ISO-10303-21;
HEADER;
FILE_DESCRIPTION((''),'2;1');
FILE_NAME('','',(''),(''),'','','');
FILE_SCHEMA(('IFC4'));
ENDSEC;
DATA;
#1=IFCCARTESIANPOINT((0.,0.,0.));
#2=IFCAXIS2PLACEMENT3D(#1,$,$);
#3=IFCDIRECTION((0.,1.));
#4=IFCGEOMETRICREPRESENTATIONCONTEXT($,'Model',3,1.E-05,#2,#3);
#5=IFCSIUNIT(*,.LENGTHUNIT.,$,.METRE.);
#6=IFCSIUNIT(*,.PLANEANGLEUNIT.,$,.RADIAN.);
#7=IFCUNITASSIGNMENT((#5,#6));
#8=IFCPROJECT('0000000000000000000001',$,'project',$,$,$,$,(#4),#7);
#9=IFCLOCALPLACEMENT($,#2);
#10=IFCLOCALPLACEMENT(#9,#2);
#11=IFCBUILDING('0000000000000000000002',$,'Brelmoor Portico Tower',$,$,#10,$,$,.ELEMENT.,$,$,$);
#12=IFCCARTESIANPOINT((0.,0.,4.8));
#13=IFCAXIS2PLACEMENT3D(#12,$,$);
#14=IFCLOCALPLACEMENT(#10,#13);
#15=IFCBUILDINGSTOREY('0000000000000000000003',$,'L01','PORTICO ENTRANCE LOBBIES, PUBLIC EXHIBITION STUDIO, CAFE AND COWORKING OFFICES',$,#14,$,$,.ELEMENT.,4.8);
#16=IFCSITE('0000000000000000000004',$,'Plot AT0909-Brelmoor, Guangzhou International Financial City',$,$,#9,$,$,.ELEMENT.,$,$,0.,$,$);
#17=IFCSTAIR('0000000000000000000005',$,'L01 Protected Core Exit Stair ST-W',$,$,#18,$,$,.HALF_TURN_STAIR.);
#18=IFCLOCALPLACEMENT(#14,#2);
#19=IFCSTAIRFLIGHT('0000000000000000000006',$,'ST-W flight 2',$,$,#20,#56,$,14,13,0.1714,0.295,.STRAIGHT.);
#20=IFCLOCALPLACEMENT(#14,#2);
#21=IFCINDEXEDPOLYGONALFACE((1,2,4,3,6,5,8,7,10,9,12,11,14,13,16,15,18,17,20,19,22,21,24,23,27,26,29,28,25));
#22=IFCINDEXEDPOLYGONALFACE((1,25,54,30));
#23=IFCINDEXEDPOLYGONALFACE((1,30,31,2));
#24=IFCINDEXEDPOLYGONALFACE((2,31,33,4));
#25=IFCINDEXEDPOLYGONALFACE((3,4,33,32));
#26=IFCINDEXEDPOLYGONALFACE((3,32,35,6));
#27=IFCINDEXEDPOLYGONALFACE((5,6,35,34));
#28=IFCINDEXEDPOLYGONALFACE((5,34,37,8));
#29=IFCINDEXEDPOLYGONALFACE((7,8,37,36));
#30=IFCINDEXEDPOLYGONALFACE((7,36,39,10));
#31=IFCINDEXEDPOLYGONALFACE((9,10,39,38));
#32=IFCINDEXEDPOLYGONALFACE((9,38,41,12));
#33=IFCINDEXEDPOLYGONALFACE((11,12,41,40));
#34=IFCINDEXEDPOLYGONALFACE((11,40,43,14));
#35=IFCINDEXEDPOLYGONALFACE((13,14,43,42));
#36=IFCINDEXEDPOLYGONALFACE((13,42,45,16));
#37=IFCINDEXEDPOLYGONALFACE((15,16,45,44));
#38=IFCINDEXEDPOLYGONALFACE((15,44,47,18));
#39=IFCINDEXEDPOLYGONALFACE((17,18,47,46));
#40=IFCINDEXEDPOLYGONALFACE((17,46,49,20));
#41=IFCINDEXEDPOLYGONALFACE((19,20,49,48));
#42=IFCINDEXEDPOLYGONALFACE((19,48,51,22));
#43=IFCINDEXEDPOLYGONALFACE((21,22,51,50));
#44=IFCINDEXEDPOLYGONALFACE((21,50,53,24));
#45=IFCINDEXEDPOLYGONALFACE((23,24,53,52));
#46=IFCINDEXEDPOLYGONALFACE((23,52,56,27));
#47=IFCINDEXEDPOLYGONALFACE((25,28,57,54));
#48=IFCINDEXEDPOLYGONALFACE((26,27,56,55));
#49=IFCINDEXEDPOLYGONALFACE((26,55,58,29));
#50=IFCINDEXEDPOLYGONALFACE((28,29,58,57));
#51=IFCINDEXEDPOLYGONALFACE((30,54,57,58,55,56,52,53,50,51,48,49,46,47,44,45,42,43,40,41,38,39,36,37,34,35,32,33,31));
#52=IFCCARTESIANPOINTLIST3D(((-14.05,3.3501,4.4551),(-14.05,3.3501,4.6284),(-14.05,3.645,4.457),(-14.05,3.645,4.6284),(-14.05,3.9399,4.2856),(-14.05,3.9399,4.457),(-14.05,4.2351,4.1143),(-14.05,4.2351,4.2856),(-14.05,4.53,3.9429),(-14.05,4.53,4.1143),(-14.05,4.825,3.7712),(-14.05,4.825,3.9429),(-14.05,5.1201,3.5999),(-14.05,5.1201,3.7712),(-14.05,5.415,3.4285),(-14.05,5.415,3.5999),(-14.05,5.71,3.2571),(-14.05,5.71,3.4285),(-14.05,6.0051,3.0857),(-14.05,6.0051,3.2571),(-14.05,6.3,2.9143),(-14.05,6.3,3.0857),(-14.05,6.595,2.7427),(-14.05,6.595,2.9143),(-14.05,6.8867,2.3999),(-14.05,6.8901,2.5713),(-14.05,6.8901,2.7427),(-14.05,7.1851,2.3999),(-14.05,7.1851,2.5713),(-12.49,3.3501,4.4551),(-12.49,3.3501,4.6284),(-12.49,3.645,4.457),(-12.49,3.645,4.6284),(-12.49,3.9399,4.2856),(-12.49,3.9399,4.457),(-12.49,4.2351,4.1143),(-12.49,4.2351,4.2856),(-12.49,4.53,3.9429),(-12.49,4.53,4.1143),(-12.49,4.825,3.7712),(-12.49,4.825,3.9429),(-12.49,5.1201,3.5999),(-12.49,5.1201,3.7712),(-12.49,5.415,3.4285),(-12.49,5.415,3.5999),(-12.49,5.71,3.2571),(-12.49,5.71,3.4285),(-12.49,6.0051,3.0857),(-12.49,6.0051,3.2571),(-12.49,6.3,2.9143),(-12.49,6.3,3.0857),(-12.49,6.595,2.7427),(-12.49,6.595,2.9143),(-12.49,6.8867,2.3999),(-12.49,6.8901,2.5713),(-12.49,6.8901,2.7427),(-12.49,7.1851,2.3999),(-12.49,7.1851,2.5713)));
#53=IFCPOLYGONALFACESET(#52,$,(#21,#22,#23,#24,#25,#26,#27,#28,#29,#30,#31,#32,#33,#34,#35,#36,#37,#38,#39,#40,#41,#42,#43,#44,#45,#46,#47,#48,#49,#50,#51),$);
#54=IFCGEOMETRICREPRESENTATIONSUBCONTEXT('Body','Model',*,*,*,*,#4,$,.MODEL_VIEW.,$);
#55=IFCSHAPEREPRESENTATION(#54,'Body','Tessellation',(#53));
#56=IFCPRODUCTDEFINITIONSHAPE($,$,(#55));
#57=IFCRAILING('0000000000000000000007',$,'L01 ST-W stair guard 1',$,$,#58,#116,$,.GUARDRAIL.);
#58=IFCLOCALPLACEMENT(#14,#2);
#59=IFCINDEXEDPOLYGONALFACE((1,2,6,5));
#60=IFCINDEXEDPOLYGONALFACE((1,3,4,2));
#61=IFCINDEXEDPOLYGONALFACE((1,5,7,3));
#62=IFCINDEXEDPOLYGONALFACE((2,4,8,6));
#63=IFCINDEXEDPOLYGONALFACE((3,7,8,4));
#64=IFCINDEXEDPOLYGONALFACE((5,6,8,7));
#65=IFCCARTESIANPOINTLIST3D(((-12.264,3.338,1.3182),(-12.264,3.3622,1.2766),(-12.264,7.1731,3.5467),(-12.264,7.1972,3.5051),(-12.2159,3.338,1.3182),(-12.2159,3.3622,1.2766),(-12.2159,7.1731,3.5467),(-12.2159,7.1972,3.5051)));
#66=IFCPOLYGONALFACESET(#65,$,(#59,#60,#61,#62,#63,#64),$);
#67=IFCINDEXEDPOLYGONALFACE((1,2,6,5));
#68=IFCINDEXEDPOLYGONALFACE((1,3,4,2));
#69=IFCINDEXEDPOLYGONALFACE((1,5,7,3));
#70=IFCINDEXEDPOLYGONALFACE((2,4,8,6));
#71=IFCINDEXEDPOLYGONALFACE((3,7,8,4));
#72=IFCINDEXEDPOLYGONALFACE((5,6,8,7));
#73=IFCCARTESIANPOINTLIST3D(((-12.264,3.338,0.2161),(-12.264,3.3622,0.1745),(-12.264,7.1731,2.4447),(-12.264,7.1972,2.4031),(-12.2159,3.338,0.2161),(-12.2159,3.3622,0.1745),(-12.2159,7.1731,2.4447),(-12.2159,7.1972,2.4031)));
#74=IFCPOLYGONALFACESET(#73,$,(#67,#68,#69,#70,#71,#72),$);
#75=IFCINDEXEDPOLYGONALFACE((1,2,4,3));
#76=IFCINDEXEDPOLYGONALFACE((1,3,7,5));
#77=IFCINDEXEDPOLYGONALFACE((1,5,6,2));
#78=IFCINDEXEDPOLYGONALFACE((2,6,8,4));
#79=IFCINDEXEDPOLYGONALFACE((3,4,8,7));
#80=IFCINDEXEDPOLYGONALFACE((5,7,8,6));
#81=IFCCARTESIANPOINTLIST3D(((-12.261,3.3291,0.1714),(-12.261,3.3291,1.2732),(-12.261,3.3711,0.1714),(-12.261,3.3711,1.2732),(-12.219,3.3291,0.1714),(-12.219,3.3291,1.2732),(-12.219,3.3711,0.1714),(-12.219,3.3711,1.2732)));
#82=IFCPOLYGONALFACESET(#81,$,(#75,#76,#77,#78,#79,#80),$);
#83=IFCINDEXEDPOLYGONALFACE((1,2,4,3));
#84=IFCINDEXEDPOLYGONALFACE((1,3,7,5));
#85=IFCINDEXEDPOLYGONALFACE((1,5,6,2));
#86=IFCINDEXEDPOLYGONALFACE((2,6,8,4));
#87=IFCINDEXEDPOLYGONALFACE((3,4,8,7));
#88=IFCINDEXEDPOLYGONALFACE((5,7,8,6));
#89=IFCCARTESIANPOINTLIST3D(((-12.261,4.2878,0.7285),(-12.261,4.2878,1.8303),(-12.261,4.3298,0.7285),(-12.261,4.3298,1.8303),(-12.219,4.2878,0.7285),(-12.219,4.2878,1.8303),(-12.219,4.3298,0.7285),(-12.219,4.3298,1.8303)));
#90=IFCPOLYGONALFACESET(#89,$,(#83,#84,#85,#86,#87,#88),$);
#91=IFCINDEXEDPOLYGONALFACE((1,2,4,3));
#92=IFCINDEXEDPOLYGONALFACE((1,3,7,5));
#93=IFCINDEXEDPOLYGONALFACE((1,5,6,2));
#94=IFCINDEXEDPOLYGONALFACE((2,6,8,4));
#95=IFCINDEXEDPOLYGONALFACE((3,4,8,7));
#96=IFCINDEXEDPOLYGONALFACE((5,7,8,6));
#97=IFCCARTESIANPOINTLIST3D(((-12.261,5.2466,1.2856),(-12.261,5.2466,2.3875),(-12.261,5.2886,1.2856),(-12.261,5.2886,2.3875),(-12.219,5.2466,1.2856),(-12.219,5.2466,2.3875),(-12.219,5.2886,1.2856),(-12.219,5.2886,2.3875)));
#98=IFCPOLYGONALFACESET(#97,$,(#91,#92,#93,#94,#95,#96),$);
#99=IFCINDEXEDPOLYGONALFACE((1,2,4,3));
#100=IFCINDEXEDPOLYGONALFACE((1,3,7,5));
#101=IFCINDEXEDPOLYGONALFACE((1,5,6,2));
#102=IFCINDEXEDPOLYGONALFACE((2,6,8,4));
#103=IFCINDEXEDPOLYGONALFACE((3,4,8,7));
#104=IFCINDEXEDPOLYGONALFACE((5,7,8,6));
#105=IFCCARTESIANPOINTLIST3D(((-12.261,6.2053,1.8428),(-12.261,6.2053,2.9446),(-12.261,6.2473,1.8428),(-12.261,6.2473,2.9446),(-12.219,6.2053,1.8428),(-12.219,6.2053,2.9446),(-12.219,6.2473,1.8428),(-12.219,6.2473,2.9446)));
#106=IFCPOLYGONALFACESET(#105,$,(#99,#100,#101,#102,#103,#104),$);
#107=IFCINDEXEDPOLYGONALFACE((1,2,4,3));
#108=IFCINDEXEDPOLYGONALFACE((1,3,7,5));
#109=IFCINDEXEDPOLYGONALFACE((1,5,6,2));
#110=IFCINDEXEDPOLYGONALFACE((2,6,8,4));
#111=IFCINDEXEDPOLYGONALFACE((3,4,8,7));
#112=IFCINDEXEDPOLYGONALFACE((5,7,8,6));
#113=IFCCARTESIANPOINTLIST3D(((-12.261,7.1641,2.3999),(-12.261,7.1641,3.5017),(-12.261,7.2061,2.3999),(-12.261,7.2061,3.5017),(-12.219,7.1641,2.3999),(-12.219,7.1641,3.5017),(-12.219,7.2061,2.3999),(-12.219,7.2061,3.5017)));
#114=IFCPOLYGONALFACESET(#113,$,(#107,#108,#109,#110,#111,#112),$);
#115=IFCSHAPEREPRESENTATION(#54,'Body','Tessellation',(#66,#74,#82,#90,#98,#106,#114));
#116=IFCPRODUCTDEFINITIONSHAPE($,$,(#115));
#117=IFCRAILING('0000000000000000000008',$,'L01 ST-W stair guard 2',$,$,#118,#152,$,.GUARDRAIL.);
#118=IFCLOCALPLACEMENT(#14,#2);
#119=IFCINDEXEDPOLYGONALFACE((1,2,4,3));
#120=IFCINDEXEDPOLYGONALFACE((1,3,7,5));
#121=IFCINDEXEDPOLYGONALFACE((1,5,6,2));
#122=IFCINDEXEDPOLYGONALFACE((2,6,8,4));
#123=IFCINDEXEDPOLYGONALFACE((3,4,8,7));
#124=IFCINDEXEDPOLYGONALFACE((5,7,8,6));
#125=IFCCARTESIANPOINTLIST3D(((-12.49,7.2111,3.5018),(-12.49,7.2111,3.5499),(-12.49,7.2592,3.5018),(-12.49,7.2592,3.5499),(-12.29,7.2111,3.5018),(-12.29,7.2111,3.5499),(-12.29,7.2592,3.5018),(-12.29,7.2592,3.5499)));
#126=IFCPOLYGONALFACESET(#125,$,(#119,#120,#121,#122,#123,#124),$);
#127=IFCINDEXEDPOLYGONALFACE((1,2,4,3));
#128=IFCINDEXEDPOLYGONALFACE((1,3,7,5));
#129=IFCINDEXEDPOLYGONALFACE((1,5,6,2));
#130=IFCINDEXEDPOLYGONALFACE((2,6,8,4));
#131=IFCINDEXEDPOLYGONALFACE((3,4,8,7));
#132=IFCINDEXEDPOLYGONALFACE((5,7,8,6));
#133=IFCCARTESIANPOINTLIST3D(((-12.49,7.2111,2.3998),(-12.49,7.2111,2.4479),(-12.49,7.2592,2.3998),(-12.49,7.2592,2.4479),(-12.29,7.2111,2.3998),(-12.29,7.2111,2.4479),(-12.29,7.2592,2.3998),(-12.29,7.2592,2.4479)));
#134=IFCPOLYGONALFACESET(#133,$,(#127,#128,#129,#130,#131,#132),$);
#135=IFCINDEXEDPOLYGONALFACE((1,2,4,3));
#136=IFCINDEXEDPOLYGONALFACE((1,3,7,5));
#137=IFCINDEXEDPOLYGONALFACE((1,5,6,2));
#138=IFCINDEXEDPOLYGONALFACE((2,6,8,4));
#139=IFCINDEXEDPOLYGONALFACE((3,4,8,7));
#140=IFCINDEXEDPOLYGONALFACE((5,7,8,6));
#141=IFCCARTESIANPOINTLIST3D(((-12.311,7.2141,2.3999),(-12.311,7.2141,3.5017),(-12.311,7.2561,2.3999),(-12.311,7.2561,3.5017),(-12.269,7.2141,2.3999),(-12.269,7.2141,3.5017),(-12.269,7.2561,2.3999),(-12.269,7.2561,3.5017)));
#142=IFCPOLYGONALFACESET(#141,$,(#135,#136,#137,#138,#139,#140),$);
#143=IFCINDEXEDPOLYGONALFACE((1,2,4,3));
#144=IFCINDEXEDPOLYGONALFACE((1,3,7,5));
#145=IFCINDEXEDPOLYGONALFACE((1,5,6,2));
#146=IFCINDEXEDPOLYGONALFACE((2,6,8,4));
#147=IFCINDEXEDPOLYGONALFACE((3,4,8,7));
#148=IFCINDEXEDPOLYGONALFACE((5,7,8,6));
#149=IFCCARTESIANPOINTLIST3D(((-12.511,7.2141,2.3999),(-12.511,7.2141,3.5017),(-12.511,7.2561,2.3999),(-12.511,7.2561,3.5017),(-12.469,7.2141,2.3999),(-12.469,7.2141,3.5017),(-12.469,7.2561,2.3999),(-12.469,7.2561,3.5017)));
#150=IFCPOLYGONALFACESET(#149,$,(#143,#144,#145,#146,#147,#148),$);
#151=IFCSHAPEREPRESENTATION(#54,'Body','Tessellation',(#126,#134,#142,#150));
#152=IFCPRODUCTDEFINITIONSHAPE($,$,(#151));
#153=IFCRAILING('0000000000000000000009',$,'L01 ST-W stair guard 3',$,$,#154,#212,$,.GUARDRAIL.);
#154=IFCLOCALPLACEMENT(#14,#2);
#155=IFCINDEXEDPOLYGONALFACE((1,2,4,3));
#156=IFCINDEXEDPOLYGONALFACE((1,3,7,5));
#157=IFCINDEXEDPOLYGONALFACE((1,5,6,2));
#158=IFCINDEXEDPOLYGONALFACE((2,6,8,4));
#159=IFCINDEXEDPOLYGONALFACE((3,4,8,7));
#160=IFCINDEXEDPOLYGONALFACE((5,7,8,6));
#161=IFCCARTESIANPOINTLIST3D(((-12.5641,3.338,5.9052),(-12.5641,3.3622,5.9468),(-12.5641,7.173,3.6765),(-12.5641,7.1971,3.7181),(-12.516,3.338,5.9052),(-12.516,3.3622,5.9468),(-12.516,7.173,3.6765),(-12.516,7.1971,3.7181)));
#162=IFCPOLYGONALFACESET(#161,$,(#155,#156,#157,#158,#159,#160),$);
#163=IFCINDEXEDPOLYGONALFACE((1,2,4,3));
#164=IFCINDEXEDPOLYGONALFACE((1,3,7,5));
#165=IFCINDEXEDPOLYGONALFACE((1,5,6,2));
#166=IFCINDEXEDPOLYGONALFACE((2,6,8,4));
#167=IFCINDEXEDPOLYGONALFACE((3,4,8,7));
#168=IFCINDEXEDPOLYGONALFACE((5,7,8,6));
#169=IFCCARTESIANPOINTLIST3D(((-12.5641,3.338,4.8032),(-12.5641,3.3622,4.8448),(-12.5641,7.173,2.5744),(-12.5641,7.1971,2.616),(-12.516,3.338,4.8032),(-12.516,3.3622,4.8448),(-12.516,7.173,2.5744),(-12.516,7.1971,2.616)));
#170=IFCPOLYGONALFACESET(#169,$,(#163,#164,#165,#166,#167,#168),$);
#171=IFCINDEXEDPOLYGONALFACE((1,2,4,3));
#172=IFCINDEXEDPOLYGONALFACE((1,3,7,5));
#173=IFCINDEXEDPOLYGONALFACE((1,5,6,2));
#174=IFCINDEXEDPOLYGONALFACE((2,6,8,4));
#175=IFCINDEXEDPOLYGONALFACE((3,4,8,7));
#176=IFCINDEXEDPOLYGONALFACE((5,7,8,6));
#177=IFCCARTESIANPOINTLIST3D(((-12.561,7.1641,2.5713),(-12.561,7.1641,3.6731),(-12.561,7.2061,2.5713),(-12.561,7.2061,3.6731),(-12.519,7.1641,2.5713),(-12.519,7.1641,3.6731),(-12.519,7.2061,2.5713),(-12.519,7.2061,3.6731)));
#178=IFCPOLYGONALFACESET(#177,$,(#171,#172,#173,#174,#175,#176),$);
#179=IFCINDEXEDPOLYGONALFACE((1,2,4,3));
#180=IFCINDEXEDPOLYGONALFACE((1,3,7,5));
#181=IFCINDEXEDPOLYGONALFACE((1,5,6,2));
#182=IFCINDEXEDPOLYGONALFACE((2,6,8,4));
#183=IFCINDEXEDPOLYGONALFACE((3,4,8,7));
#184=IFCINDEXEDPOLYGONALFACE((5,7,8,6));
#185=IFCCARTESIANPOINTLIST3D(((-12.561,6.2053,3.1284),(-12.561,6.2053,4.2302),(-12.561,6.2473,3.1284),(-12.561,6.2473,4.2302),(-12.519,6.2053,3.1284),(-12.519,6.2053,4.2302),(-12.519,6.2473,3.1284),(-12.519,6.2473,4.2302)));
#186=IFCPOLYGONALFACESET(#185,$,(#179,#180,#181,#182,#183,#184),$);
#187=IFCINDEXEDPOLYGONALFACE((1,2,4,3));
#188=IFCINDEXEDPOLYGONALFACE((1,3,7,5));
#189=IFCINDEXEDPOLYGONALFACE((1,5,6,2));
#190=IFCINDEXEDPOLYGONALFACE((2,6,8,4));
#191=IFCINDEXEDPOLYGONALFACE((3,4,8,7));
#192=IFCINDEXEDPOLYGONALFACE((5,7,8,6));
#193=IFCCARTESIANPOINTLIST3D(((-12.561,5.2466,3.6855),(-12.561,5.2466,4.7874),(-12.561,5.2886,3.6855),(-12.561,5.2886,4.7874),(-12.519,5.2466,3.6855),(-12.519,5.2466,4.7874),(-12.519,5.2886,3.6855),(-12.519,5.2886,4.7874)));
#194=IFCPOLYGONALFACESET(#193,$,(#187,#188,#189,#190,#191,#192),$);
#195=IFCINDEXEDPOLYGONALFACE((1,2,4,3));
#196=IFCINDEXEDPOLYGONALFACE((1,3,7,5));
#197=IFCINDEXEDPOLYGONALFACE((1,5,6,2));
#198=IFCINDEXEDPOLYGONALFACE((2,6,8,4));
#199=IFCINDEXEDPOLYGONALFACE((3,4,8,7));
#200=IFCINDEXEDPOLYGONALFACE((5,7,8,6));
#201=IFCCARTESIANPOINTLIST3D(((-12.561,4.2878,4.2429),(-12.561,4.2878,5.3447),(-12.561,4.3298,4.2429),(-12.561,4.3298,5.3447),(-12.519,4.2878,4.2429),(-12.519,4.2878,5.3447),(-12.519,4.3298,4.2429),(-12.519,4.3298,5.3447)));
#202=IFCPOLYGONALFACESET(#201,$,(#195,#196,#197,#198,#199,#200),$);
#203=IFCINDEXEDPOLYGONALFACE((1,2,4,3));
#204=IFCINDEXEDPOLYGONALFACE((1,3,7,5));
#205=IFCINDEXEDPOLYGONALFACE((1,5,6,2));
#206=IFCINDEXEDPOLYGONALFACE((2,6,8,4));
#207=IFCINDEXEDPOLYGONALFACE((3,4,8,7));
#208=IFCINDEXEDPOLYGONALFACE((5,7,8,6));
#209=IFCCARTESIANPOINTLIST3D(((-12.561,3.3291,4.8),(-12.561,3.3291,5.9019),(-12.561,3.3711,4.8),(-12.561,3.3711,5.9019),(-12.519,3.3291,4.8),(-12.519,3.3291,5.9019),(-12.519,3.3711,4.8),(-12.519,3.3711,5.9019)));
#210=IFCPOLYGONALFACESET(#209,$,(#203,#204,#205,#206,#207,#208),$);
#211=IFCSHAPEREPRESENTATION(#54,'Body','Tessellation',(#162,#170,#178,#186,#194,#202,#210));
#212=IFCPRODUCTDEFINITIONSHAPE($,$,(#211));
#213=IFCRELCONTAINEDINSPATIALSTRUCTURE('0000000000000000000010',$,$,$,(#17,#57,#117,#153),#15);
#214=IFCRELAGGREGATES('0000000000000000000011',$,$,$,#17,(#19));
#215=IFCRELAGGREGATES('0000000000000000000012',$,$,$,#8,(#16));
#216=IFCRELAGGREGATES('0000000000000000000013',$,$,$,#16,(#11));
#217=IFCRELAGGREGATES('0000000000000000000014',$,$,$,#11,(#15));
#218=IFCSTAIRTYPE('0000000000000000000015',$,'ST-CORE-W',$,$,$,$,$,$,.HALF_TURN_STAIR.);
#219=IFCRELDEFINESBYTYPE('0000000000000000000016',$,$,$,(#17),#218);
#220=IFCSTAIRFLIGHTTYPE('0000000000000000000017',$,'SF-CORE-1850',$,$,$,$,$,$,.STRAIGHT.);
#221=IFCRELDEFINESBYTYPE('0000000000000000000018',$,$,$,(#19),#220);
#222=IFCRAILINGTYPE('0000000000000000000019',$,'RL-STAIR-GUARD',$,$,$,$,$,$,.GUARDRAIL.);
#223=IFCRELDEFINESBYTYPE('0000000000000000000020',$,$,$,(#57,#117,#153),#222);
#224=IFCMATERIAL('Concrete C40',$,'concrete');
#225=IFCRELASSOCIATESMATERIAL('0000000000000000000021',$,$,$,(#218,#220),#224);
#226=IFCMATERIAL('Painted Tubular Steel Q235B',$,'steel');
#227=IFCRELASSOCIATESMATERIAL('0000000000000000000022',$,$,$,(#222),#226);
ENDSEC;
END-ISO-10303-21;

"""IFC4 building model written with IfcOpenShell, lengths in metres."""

from ifc_helpers import new_model, si_unit, direction, frame, origin, origin_2d, place, context, subcontext, project, spatial, polyline, rectangle, outline, extrude, material, type_object, element, aggregate, save


model = new_model("IFC4")

# Units and contexts
model_context = context("Model", 3, precision=1e-05, world=origin(), true_north=direction((0.0, 1.0)))
body_context = subcontext(model_context, "Body", "Model", "MODEL_VIEW")
ifc_project = project(units=[si_unit("LENGTHUNIT", "METRE"), si_unit("PLANEANGLEUNIT", "RADIAN")], contexts=[model_context])

# Site, building, storey
site_placement = place(None, origin())
site = spatial("IfcSite", under=ifc_project, at=site_placement, Name="Plot AT0909-Brelmoor, Guangzhou International Financial City", CompositionType="ELEMENT", RefElevation=0.0)
building_placement = place(site_placement, origin())
building = spatial("IfcBuilding", under=site, at=building_placement, Name="Brelmoor Portico Tower", CompositionType="ELEMENT")
storey_placement = place(building_placement, frame((0.0, 0.0, 4.8)))
storey = spatial("IfcBuildingStorey", under=building, at=storey_placement, Name="L01", Description="PORTICO ENTRANCE LOBBIES, PUBLIC EXHIBITION STUDIO, CAFE AND COWORKING OFFICES", CompositionType="ELEMENT", Elevation=4.8)

# Shared definitions
ifc_material_1 = material(Name="Concrete C40", Category="concrete")

# Stair, stair flight
stair_type = type_object("IfcStairType", Name="ST-CORE-W", PredefinedType="HALF_TURN_STAIR", material=ifc_material_1)
stair_placement = place(storey_placement, origin())
stair = element("IfcStair", 1, at=stair_placement, inside=storey, type_object=stair_type, Name="L01 Protected Core Exit Stair ST-W", PredefinedType="HALF_TURN_STAIR")
stair_flight_type = type_object("IfcStairFlightType", Name="SF-CORE-1850", PredefinedType="STRAIGHT", material=ifc_material_1)
stair_flight_1_placement = place(storey_placement, frame((-13.27, 7.1851, 2.3999), z_axis=(0.0, 0.0, 1.0), x_axis=(0.0, -1.0, 0.0)))
stair_flight_1 = element("IfcStairFlight", 2, at=stair_flight_1_placement, type_object=stair_flight_type, Name="ST-W flight 2", NumberOfRisers=14, NumberOfTreads=13, PredefinedType="STRAIGHT", RiserHeight=0.1714, TreadLength=0.295, context=body_context, shape_type="SweptSolid", body=[
    extrude(outline(polyline([(0.0, 0.0), (0.0, 0.1714), (0.2949, 0.1714), (0.2949, 0.3428), (0.5901, 0.3428), (0.5901, 0.5144), (0.885, 0.5144), (0.885, 0.6858), (1.1799, 0.6858), (1.1799, 0.8572), (1.4751, 0.8572), (1.4751, 1.0286), (1.77, 1.0286), (1.77, 1.2), (2.0649, 1.2), (2.0649, 1.3713), (2.3601, 1.3713), (2.3601, 1.543), (2.655, 1.543), (2.655, 1.7144), (2.95, 1.7144), (2.95, 1.8857), (3.2451, 1.8857), (3.2451, 2.0571), (3.54, 2.0571), (3.54, 2.2285), (3.835, 2.2285), (3.835, 2.3999), (3.835, 2.0552), (0.2983, 0.0), (0.0, 0.0)])), frame((0.0, 0.78, 0.0), z_axis=(0.0, -1.0, 0.0), x_axis=(1.0, 0.0, 0.0)), (0.0, 0.0, 1.0), 1.5601),
])
aggregate(stair, [stair_flight_1])

# Railings
ifc_material_2 = material(Name="Painted Tubular Steel Q235B", Category="steel")
railing_type_1 = type_object("IfcRailingType", Name="RL-STAIR-GUARD", PredefinedType="GUARDRAIL", material=ifc_material_2)
railing_1_placement = place(storey_placement, frame((-12.24, 3.3501, 0.1714)))
element("IfcRailing", 3, at=railing_1_placement, inside=storey, type_object=railing_type_1, Name="L01 ST-W stair guard 1", PredefinedType="GUARDRAIL", context=body_context, shape_type="SweptSolid", body=[
    extrude(rectangle(XDim=0.0481, YDim=0.0481, at=origin_2d()), frame((0.0, 0.0, 1.126), z_axis=(0.0, 0.864616, 0.502433), x_axis=(-1.0, 0.0, 0.0)), (0.0, 0.0, 1.0), 4.4355),
    extrude(rectangle(XDim=0.0481, YDim=0.0481, at=origin_2d()), frame((0.0, 0.0, 0.0239), z_axis=(0.0, 0.864616, 0.502433), x_axis=(-1.0, 0.0, 0.0)), (0.0, 0.0, 1.0), 4.4355),
    extrude(rectangle(XDim=0.042, YDim=0.042, at=origin_2d()), origin(), (0.0, 0.0, 1.0), 1.1018),
    extrude(rectangle(XDim=0.042, YDim=0.042, at=origin_2d()), frame((0.0, 0.9587, 0.5571)), (0.0, 0.0, 1.0), 1.1018),
    extrude(rectangle(XDim=0.042, YDim=0.042, at=origin_2d()), frame((0.0, 1.9175, 1.1143)), (0.0, 0.0, 1.0), 1.1018),
    extrude(rectangle(XDim=0.042, YDim=0.042, at=origin_2d()), frame((0.0, 2.8762, 1.6714)), (0.0, 0.0, 1.0), 1.1018),
    extrude(rectangle(XDim=0.042, YDim=0.042, at=origin_2d()), frame((0.0, 3.835, 2.2285)), (0.0, 0.0, 1.0), 1.1018),
])
railing_2_placement = place(storey_placement, frame((-12.29, 7.2351, 2.3999)))
element("IfcRailing", 4, at=railing_2_placement, inside=storey, type_object=railing_type_1, Name="L01 ST-W stair guard 2", PredefinedType="GUARDRAIL", context=body_context, shape_type="SweptSolid", body=[
    extrude(rectangle(XDim=0.0481, YDim=0.0481, at=origin_2d()), frame((0.0, 0.0, 1.126), z_axis=(-1.0, 0.0, 0.0), x_axis=(0.0, -1.0, 0.0)), (0.0, 0.0, 1.0), 0.2),
    extrude(rectangle(XDim=0.0481, YDim=0.0481, at=origin_2d()), frame((0.0, 0.0, 0.0239), z_axis=(-1.0, 0.0, 0.0), x_axis=(0.0, -1.0, 0.0)), (0.0, 0.0, 1.0), 0.2),
    extrude(rectangle(XDim=0.042, YDim=0.042, at=origin_2d()), origin(), (0.0, 0.0, 1.0), 1.1018),
    extrude(rectangle(XDim=0.042, YDim=0.042, at=origin_2d()), frame((-0.2, 0.0, 0.0)), (0.0, 0.0, 1.0), 1.1018),
])
railing_3_placement = place(storey_placement, frame((-12.54, 7.1851, 2.5713)))
element("IfcRailing", 5, at=railing_3_placement, inside=storey, type_object=railing_type_1, Name="L01 ST-W stair guard 3", PredefinedType="GUARDRAIL", context=body_context, shape_type="SweptSolid", body=[
    extrude(rectangle(XDim=0.0481, YDim=0.0481, at=origin_2d()), frame((0.0, 0.0, 1.126), z_axis=(0.0, -0.864592, 0.502474), x_axis=(1.0, 0.0, 0.0)), (0.0, 0.0, 1.0), 4.4355),
    extrude(rectangle(XDim=0.0481, YDim=0.0481, at=origin_2d()), frame((0.0, 0.0, 0.0239), z_axis=(0.0, -0.864592, 0.502474), x_axis=(1.0, 0.0, 0.0)), (0.0, 0.0, 1.0), 4.4355),
    extrude(rectangle(XDim=0.042, YDim=0.042, at=origin_2d()), origin(), (0.0, 0.0, 1.0), 1.1018),
    extrude(rectangle(XDim=0.042, YDim=0.042, at=origin_2d()), frame((0.0, -0.9587, 0.5571)), (0.0, 0.0, 1.0), 1.1018),
    extrude(rectangle(XDim=0.042, YDim=0.042, at=origin_2d()), frame((0.0, -1.9175, 1.1143)), (0.0, 0.0, 1.0), 1.1018),
    extrude(rectangle(XDim=0.042, YDim=0.042, at=origin_2d()), frame((0.0, -2.8762, 1.6716)), (0.0, 0.0, 1.0), 1.1018),
    extrude(rectangle(XDim=0.042, YDim=0.042, at=origin_2d()), frame((0.0, -3.835, 2.2288)), (0.0, 0.0, 1.0), 1.1018),
])

save(model, "model.ifc")
